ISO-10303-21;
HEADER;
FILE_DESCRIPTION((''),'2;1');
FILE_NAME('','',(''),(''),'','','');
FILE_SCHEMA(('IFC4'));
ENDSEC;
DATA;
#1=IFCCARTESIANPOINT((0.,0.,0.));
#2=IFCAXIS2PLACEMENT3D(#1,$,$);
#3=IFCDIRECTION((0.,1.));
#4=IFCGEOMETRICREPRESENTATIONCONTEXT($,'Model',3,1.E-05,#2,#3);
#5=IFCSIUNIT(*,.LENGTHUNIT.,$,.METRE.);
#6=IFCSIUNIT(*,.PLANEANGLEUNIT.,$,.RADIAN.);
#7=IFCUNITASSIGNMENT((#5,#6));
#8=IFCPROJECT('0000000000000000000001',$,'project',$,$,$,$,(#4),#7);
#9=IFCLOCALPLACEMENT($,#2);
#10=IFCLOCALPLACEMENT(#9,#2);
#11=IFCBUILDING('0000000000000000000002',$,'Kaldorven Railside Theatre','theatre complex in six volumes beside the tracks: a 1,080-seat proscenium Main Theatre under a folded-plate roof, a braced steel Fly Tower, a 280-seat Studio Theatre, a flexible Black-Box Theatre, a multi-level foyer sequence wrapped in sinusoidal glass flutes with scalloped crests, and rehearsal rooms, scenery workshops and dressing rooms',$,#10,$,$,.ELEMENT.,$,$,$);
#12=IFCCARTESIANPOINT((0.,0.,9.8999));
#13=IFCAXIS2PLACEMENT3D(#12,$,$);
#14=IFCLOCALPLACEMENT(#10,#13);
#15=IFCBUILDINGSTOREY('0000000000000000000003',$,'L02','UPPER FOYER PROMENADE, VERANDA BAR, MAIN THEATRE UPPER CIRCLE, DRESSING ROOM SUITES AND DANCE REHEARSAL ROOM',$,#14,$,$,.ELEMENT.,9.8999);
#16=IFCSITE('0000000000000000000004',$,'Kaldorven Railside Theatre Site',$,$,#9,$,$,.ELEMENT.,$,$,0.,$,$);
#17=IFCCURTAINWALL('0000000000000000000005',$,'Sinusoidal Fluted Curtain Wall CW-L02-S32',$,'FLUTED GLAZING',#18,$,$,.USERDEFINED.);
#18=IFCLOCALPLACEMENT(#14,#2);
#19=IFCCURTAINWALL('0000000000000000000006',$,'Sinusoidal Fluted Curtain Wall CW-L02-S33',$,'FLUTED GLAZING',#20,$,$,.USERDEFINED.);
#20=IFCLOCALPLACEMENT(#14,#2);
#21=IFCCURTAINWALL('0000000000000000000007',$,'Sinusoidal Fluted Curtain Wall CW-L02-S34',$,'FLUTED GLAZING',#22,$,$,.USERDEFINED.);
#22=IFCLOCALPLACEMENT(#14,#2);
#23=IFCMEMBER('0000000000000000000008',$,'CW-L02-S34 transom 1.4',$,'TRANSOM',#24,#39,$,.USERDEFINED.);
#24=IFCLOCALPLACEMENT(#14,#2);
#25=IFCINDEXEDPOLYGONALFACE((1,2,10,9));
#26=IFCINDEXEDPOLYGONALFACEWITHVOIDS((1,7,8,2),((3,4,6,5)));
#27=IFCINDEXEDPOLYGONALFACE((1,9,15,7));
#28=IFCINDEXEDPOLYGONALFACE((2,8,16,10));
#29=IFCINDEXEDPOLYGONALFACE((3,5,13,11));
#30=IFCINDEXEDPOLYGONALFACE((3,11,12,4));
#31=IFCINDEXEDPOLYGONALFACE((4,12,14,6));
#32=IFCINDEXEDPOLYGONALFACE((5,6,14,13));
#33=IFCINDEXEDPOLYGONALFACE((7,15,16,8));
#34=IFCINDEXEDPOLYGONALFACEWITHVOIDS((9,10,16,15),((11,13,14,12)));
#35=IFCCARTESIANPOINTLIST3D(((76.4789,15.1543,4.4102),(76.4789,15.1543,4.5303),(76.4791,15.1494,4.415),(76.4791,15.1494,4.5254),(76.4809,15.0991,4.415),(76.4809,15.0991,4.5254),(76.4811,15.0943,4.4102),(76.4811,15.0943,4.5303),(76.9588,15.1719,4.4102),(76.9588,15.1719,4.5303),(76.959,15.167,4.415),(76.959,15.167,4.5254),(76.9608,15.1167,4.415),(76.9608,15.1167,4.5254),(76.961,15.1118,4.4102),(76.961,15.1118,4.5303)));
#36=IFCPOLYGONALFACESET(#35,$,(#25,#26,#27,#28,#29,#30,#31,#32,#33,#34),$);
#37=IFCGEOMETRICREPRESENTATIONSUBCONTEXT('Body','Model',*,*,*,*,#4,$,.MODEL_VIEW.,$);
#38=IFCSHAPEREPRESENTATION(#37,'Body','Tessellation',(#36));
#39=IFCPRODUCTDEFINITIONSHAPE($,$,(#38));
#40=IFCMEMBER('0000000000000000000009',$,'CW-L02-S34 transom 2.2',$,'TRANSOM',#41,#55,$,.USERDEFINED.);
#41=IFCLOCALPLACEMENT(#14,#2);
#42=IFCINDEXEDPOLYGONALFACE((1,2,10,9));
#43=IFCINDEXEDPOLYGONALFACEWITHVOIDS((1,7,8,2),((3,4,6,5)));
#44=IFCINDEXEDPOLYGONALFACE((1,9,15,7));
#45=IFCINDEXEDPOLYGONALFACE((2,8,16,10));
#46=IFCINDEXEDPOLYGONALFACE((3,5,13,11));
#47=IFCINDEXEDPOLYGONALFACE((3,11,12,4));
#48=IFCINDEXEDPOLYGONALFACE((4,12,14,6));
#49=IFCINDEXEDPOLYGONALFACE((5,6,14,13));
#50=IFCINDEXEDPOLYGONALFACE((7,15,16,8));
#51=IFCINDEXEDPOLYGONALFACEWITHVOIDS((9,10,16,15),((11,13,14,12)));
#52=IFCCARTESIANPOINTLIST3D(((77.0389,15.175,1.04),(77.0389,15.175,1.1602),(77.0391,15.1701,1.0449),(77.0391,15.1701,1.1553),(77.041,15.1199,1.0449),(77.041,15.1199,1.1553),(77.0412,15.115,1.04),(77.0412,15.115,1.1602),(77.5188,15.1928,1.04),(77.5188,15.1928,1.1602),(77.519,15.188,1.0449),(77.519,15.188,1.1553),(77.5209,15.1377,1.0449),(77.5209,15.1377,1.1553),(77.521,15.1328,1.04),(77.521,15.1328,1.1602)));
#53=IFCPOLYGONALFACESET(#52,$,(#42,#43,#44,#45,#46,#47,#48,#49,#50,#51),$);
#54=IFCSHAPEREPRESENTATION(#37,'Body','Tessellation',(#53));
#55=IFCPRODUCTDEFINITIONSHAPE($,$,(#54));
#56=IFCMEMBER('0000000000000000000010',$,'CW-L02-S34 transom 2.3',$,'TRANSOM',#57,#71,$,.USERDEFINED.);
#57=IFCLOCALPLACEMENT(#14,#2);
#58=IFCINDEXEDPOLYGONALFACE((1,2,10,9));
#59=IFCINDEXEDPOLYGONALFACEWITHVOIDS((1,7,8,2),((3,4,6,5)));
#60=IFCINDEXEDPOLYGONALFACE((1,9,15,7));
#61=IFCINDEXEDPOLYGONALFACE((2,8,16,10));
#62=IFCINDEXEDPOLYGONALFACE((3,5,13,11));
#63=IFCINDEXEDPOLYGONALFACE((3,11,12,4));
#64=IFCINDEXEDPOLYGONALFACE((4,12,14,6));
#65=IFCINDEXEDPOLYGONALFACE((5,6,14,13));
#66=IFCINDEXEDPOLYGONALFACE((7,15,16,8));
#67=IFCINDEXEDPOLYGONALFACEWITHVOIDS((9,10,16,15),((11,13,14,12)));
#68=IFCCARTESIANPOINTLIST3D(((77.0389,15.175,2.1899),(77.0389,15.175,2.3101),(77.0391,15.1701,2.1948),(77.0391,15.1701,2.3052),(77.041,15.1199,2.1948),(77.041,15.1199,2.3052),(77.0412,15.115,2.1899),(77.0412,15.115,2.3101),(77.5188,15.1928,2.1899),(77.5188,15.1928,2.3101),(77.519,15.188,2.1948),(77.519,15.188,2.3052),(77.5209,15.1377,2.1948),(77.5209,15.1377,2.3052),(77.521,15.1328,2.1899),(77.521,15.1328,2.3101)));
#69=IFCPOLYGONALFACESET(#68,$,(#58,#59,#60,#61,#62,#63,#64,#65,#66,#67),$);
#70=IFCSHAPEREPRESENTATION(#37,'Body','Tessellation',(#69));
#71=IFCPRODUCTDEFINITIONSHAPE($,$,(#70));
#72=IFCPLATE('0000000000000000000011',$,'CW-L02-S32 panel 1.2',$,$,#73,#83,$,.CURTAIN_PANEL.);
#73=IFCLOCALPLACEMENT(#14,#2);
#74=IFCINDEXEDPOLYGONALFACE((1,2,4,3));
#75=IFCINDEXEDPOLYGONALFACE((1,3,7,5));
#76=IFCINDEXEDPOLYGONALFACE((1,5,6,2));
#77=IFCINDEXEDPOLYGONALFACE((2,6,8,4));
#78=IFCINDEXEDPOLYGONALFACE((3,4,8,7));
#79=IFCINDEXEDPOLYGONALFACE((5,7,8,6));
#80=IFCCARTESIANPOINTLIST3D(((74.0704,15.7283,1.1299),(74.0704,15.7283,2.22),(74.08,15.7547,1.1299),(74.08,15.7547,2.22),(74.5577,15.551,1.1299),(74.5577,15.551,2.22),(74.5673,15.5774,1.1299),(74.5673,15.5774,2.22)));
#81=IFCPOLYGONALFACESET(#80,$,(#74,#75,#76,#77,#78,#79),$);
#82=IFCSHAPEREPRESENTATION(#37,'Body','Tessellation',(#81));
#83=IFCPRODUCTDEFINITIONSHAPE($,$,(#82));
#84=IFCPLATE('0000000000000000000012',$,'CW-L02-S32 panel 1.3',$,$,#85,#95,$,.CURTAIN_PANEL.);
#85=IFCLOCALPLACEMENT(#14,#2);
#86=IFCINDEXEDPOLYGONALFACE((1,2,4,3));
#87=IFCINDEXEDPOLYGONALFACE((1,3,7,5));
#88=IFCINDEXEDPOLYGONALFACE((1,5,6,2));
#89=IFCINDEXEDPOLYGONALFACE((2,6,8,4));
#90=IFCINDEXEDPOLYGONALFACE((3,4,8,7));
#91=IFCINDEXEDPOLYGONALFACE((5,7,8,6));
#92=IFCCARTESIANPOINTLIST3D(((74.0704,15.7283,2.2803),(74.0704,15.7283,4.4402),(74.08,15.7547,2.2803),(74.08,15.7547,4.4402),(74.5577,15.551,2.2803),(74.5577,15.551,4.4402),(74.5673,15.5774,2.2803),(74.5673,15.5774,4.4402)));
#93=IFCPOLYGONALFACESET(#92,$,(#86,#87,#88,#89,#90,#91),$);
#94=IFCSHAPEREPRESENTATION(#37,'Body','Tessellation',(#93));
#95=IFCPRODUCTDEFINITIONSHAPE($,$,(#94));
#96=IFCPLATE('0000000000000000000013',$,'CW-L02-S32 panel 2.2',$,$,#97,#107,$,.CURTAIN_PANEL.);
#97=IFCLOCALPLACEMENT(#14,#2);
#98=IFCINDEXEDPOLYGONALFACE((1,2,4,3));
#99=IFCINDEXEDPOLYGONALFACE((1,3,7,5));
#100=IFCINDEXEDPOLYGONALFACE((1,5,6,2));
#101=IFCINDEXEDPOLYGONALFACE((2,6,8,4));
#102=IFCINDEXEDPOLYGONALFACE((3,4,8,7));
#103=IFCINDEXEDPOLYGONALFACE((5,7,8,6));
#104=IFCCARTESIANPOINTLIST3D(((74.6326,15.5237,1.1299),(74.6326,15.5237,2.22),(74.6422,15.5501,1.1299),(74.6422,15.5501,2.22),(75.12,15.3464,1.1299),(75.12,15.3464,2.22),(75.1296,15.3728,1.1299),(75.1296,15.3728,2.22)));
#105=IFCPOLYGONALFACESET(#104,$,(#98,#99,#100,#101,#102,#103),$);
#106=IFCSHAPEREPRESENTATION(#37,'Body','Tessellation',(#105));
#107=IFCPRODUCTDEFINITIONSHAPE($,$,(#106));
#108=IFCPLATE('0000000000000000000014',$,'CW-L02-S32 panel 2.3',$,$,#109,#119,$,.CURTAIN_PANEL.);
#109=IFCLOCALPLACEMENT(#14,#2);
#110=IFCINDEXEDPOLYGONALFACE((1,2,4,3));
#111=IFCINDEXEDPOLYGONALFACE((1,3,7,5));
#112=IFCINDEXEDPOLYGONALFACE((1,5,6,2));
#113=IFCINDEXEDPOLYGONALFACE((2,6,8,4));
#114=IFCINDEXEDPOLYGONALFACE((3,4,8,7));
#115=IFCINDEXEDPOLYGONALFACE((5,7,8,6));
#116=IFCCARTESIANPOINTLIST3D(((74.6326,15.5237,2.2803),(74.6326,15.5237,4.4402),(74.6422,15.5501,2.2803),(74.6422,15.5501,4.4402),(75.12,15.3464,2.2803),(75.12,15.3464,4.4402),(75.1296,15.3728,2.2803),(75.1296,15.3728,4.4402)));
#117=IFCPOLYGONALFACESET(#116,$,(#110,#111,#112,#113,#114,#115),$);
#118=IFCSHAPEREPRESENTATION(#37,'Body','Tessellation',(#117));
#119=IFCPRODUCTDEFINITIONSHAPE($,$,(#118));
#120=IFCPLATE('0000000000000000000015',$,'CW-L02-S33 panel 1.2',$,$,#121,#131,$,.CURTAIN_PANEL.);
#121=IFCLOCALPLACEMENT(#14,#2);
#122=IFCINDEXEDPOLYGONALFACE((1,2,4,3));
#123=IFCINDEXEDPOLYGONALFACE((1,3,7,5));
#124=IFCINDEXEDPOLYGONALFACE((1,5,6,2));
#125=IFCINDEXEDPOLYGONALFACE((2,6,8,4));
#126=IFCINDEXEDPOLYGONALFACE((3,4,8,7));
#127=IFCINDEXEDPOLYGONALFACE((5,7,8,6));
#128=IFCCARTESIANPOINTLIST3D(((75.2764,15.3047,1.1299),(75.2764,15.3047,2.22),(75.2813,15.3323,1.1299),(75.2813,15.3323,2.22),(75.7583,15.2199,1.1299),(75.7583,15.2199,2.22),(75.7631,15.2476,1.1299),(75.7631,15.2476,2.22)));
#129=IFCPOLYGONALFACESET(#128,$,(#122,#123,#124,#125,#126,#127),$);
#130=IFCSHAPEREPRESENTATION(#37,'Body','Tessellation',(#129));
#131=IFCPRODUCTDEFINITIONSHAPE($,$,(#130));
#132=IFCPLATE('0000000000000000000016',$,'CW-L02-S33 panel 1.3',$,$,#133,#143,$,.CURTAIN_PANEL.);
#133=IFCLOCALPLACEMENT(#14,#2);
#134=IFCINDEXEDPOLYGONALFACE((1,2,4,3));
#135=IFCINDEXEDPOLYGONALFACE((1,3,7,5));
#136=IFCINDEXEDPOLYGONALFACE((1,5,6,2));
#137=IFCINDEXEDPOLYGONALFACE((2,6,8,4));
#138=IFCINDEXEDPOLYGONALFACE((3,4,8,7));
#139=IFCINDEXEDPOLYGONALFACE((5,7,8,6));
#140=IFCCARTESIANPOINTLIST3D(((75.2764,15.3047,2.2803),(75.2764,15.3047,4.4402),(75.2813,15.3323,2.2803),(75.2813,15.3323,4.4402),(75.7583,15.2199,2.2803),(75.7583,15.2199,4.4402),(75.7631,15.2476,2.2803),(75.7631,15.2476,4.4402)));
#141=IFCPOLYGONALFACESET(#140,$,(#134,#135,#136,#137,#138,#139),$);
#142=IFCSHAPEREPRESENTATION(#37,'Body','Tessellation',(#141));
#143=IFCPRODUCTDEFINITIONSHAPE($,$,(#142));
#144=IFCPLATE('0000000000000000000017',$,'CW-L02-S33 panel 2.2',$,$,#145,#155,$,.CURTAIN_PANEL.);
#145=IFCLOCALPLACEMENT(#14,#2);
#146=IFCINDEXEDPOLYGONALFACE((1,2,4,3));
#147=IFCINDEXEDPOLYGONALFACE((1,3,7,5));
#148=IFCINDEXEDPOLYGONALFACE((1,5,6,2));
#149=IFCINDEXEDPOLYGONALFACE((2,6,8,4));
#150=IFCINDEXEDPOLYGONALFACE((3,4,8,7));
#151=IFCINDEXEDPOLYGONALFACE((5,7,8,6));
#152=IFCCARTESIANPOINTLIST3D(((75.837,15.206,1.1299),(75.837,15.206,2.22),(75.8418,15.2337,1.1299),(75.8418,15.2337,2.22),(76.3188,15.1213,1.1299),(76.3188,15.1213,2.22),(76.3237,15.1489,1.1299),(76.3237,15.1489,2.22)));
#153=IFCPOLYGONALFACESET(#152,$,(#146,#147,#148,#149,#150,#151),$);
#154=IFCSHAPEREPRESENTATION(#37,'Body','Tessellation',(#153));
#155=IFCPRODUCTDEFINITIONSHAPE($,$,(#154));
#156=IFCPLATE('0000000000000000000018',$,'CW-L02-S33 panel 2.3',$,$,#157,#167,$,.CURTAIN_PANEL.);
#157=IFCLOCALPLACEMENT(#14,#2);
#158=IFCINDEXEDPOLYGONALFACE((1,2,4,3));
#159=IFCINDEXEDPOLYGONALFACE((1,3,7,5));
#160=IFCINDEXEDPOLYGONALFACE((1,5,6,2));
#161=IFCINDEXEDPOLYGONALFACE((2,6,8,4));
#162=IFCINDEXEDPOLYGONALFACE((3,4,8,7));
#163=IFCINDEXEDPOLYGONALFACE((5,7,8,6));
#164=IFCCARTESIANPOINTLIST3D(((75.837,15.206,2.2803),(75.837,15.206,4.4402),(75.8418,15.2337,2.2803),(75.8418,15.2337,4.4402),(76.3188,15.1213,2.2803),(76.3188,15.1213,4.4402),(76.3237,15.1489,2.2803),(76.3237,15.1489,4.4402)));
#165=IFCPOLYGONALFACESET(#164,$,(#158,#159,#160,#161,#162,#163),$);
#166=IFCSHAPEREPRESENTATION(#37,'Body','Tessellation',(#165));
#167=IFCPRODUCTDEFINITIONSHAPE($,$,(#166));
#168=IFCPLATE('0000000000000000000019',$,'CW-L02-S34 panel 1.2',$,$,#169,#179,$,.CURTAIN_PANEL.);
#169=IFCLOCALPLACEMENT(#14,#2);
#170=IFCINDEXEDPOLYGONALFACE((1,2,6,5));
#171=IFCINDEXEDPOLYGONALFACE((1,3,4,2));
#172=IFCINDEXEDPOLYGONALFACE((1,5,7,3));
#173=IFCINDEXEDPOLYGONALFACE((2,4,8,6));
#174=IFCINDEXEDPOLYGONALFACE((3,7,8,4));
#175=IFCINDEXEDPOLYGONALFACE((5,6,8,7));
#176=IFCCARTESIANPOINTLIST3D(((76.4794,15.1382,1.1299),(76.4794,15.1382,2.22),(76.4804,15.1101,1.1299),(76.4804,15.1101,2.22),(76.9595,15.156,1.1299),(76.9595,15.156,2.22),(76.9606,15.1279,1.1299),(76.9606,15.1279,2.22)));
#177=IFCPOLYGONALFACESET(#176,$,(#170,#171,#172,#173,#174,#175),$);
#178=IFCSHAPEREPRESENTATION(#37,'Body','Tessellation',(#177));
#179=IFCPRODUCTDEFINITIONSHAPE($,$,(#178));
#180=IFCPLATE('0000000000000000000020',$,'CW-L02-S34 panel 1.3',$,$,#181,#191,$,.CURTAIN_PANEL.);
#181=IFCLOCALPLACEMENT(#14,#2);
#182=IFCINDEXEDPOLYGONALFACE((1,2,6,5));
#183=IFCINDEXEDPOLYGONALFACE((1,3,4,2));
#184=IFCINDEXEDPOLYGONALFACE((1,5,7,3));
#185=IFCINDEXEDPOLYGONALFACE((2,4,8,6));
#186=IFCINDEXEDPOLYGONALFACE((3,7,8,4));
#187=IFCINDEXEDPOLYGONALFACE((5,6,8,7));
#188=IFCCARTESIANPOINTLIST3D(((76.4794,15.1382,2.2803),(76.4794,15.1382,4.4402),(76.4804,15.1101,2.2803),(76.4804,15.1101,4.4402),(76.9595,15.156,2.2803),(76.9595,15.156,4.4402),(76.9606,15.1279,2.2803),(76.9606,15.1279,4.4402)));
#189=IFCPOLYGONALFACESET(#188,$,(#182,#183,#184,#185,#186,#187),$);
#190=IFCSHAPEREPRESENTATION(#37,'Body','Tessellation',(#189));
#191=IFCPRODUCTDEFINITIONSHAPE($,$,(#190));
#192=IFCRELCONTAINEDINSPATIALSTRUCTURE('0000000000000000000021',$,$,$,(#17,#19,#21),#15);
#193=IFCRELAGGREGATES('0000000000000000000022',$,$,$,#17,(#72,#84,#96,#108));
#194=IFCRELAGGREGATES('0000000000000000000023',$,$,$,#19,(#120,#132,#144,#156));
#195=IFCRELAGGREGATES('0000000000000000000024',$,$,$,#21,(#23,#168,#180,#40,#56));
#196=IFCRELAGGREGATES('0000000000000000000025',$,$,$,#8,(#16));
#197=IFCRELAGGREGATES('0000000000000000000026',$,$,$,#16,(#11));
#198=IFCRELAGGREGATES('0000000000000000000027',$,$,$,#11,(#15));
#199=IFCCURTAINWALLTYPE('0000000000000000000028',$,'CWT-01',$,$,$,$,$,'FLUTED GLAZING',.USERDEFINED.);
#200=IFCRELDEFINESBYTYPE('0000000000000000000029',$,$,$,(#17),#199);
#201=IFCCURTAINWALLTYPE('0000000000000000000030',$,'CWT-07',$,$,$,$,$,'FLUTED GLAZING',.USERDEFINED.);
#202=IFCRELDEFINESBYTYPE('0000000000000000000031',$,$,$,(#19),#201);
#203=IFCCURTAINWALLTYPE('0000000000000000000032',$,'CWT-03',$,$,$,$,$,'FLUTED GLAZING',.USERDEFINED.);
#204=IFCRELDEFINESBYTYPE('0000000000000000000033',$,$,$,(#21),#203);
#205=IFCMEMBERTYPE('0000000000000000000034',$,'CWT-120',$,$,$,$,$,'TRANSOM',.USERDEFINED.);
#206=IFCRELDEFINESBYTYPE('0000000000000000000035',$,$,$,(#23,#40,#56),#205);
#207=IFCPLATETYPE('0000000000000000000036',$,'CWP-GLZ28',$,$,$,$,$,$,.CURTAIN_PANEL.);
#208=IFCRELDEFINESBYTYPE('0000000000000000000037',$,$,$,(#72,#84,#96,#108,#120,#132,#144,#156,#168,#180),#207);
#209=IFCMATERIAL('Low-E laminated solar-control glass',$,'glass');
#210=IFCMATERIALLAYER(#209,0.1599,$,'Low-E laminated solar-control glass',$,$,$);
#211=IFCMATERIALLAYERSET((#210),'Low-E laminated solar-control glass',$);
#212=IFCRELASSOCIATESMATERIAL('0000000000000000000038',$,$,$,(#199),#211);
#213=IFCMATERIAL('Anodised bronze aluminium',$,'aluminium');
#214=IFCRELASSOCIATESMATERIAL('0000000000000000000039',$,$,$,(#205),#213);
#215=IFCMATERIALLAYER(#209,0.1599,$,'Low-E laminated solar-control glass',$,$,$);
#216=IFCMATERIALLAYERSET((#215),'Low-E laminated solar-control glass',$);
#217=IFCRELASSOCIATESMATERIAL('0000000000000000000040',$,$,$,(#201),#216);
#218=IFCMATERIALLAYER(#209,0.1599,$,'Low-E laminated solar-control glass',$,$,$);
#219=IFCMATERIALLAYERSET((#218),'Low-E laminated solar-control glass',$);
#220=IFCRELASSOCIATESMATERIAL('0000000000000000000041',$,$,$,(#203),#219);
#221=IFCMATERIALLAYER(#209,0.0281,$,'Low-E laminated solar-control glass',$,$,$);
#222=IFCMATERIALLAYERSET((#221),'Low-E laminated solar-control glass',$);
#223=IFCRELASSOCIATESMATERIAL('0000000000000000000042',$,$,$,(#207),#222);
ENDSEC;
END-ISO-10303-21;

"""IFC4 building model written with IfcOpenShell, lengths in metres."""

from ifc_helpers import new_model, si_unit, direction, frame, origin, origin_2d, place, context, subcontext, project, spatial, rectangle, hollow_rectangle, extrude, material, layer, layer_set, material_profile, profile_set, type_object, element, aggregate, save


model = new_model("IFC4")

# Units and contexts
model_context = context("Model", 3, precision=1e-05, world=origin(), true_north=direction((0.0, 1.0)))
body_context = subcontext(model_context, "Body", "Model", "MODEL_VIEW")
ifc_project = project(units=[si_unit("LENGTHUNIT", "METRE"), si_unit("PLANEANGLEUNIT", "RADIAN")], contexts=[model_context])

# Site, building, storey
site_placement = place(None, origin())
site = spatial("IfcSite", under=ifc_project, at=site_placement, Name="Kaldorven Railside Theatre Site", CompositionType="ELEMENT", RefElevation=0.0)
building_placement = place(site_placement, origin())
building = spatial("IfcBuilding", under=site, at=building_placement, Name="Kaldorven Railside Theatre", Description="theatre complex in six volumes beside the tracks: a 1,080-seat proscenium Main Theatre under a folded-plate roof, a braced steel Fly Tower, a 280-seat Studio Theatre, a flexible Black-Box Theatre, a multi-level foyer sequence wrapped in sinusoidal glass flutes with scalloped crests, and rehearsal rooms, scenery workshops and dressing rooms", CompositionType="ELEMENT")
storey_placement = place(building_placement, frame((0.0, 0.0, 9.8999)))
storey = spatial("IfcBuildingStorey", under=building, at=storey_placement, Name="L02", Description="UPPER FOYER PROMENADE, VERANDA BAR, MAIN THEATRE UPPER CIRCLE, DRESSING ROOM SUITES AND DANCE REHEARSAL ROOM", CompositionType="ELEMENT", Elevation=9.8999)

# Curtain walls, members
ifc_material_1 = material(Name="Low-E laminated solar-control glass", Category="glass")
ifc_layer_1 = layer(ifc_material_1, 0.1599, Name="Low-E laminated solar-control glass")
ifc_layer_set_1 = layer_set([ifc_layer_1], Name="Low-E laminated solar-control glass")
curtain_wall_type_1 = type_object("IfcCurtainWallType", Name="CWT-01", ElementType="FLUTED GLAZING", PredefinedType="USERDEFINED", material=ifc_layer_set_1)
curtain_wall_1_placement = place(storey_placement, origin())
curtain_wall_1 = element("IfcCurtainWall", 1, at=curtain_wall_1_placement, inside=storey, type_object=curtain_wall_type_1, Name="Sinusoidal Fluted Curtain Wall CW-L02-S32", ObjectType="FLUTED GLAZING", PredefinedType="USERDEFINED")
ifc_material_2 = material(Name="Anodised bronze aluminium", Category="aluminium")
ifc_material_profile = material_profile(ifc_material_2, hollow_rectangle(XDim=0.0601, YDim=0.1201, WallThickness=0.0049, at=origin_2d()), Name="RHS 120x60x5")
ifc_profile_set = profile_set([ifc_material_profile], Name="Anodised bronze aluminium")
member_type = type_object("IfcMemberType", Name="CWT-120", ElementType="TRANSOM", PredefinedType="USERDEFINED", material=ifc_profile_set)
ifc_layer_2 = layer(ifc_material_1, 0.1599, Name="Low-E laminated solar-control glass")
ifc_layer_set_2 = layer_set([ifc_layer_2], Name="Low-E laminated solar-control glass")
curtain_wall_type_2 = type_object("IfcCurtainWallType", Name="CWT-07", ElementType="FLUTED GLAZING", PredefinedType="USERDEFINED", material=ifc_layer_set_2)
curtain_wall_2_placement = place(storey_placement, origin())
curtain_wall_2 = element("IfcCurtainWall", 2, at=curtain_wall_2_placement, inside=storey, type_object=curtain_wall_type_2, Name="Sinusoidal Fluted Curtain Wall CW-L02-S33", ObjectType="FLUTED GLAZING", PredefinedType="USERDEFINED")
ifc_layer_3 = layer(ifc_material_1, 0.1599, Name="Low-E laminated solar-control glass")
ifc_layer_set_3 = layer_set([ifc_layer_3], Name="Low-E laminated solar-control glass")
curtain_wall_type_3 = type_object("IfcCurtainWallType", Name="CWT-03", ElementType="FLUTED GLAZING", PredefinedType="USERDEFINED", material=ifc_layer_set_3)
curtain_wall_3_placement = place(storey_placement, origin())
curtain_wall_3 = element("IfcCurtainWall", 3, at=curtain_wall_3_placement, inside=storey, type_object=curtain_wall_type_3, Name="Sinusoidal Fluted Curtain Wall CW-L02-S34", ObjectType="FLUTED GLAZING", PredefinedType="USERDEFINED")
member_1_placement = place(storey_placement, frame((76.48, 15.1243, 4.4702), z_axis=(0.99933, 0.036598, 0.0), x_axis=(-0.036598, 0.99933, 0.0)))
member_1 = element("IfcMember", 4, at=member_1_placement, type_object=member_type, Name="CW-L02-S34 transom 1.4", ObjectType="TRANSOM", PredefinedType="USERDEFINED", context=body_context, shape_type="SweptSolid", body=[
    extrude(hollow_rectangle(XDim=0.0601, YDim=0.1201, WallThickness=0.0049, at=origin_2d()), origin(), (0.0, 0.0, 1.0), 0.4802),
])
member_2_placement = place(storey_placement, frame((77.04, 15.145, 1.1001), z_axis=(0.999311, 0.037106, 0.0), x_axis=(-0.037106, 0.999311, 0.0)))
member_2 = element("IfcMember", 5, at=member_2_placement, type_object=member_type, Name="CW-L02-S34 transom 2.2", ObjectType="TRANSOM", PredefinedType="USERDEFINED", context=body_context, shape_type="SweptSolid", body=[
    extrude(hollow_rectangle(XDim=0.0601, YDim=0.1201, WallThickness=0.0049, at=origin_2d()), origin(), (0.0, 0.0, 1.0), 0.4802),
])
member_3_placement = place(storey_placement, frame((77.04, 15.145, 2.25), z_axis=(0.999311, 0.037106, 0.0), x_axis=(-0.037106, 0.999311, 0.0)))
member_3 = element("IfcMember", 6, at=member_3_placement, type_object=member_type, Name="CW-L02-S34 transom 2.3", ObjectType="TRANSOM", PredefinedType="USERDEFINED", context=body_context, shape_type="SweptSolid", body=[
    extrude(hollow_rectangle(XDim=0.0601, YDim=0.1201, WallThickness=0.0049, at=origin_2d()), origin(), (0.0, 0.0, 1.0), 0.4802),
])

# Plates
ifc_layer_4 = layer(ifc_material_1, 0.0281, Name="Low-E laminated solar-control glass")
ifc_layer_set_4 = layer_set([ifc_layer_4], Name="Low-E laminated solar-control glass")
plate_type = type_object("IfcPlateType", Name="CWP-GLZ28", PredefinedType="CURTAIN_PANEL", material=ifc_layer_set_4)
plate_1_placement = place(storey_placement, frame((74.3188, 15.6528, 1.1299), z_axis=(0.0, 0.0, 1.0), x_axis=(0.939759, -0.341837, 0.0)))
plate_1 = element("IfcPlate", 7, at=plate_1_placement, type_object=plate_type, Name="CW-L02-S32 panel 1.2", PredefinedType="CURTAIN_PANEL", context=body_context, shape_type="SweptSolid", body=[
    extrude(rectangle(XDim=0.5186, YDim=0.0281, at=origin_2d()), origin(), (0.0, 0.0, 1.0), 1.0901),
])
plate_2_placement = place(storey_placement, frame((74.3188, 15.6528, 2.2803), z_axis=(0.0, 0.0, 1.0), x_axis=(0.939759, -0.341837, 0.0)))
plate_2 = element("IfcPlate", 8, at=plate_2_placement, type_object=plate_type, Name="CW-L02-S32 panel 1.3", PredefinedType="CURTAIN_PANEL", context=body_context, shape_type="SweptSolid", body=[
    extrude(rectangle(XDim=0.5186, YDim=0.0281, at=origin_2d()), origin(), (0.0, 0.0, 1.0), 2.1599),
])
plate_3_placement = place(storey_placement, frame((74.8811, 15.4482, 1.1299), z_axis=(0.0, 0.0, 1.0), x_axis=(0.939759, -0.341837, 0.0)))
plate_3 = element("IfcPlate", 9, at=plate_3_placement, type_object=plate_type, Name="CW-L02-S32 panel 2.2", PredefinedType="CURTAIN_PANEL", context=body_context, shape_type="SweptSolid", body=[
    extrude(rectangle(XDim=0.5186, YDim=0.0281, at=origin_2d()), origin(), (0.0, 0.0, 1.0), 1.0901),
])
plate_4_placement = place(storey_placement, frame((74.8811, 15.4482, 2.2803), z_axis=(0.0, 0.0, 1.0), x_axis=(0.939759, -0.341837, 0.0)))
plate_4 = element("IfcPlate", 10, at=plate_4_placement, type_object=plate_type, Name="CW-L02-S32 panel 2.3", PredefinedType="CURTAIN_PANEL", context=body_context, shape_type="SweptSolid", body=[
    extrude(rectangle(XDim=0.5186, YDim=0.0281, at=origin_2d()), origin(), (0.0, 0.0, 1.0), 2.1599),
])
aggregate(curtain_wall_1, [plate_1, plate_2, plate_3, plate_4])
plate_5_placement = place(storey_placement, frame((75.5198, 15.2761, 1.1299), z_axis=(0.0, 0.0, 1.0), x_axis=(0.984877, -0.173256, 0.0)))
plate_5 = element("IfcPlate", 11, at=plate_5_placement, type_object=plate_type, Name="CW-L02-S33 panel 1.2", PredefinedType="CURTAIN_PANEL", context=body_context, shape_type="SweptSolid", body=[
    extrude(rectangle(XDim=0.4893, YDim=0.0281, at=origin_2d()), origin(), (0.0, 0.0, 1.0), 1.0901),
])
plate_6_placement = place(storey_placement, frame((75.5198, 15.2761, 2.2803), z_axis=(0.0, 0.0, 1.0), x_axis=(0.984877, -0.173256, 0.0)))
plate_6 = element("IfcPlate", 12, at=plate_6_placement, type_object=plate_type, Name="CW-L02-S33 panel 1.3", PredefinedType="CURTAIN_PANEL", context=body_context, shape_type="SweptSolid", body=[
    extrude(rectangle(XDim=0.4893, YDim=0.0281, at=origin_2d()), origin(), (0.0, 0.0, 1.0), 2.1599),
])
plate_7_placement = place(storey_placement, frame((76.0803, 15.1775, 1.1299), z_axis=(0.0, 0.0, 1.0), x_axis=(0.984877, -0.173256, 0.0)))
plate_7 = element("IfcPlate", 13, at=plate_7_placement, type_object=plate_type, Name="CW-L02-S33 panel 2.2", PredefinedType="CURTAIN_PANEL", context=body_context, shape_type="SweptSolid", body=[
    extrude(rectangle(XDim=0.4893, YDim=0.0281, at=origin_2d()), origin(), (0.0, 0.0, 1.0), 1.0901),
])
plate_8_placement = place(storey_placement, frame((76.0803, 15.1775, 2.2803), z_axis=(0.0, 0.0, 1.0), x_axis=(0.984877, -0.173256, 0.0)))
plate_8 = element("IfcPlate", 14, at=plate_8_placement, type_object=plate_type, Name="CW-L02-S33 panel 2.3", PredefinedType="CURTAIN_PANEL", context=body_context, shape_type="SweptSolid", body=[
    extrude(rectangle(XDim=0.4893, YDim=0.0281, at=origin_2d()), origin(), (0.0, 0.0, 1.0), 2.1599),
])
aggregate(curtain_wall_2, [plate_5, plate_6, plate_7, plate_8])
plate_9_placement = place(storey_placement, frame((76.72, 15.1331, 1.1299), z_axis=(0.0, 0.0, 1.0), x_axis=(0.999313, 0.037058, 0.0)))
plate_9 = element("IfcPlate", 15, at=plate_9_placement, type_object=plate_type, Name="CW-L02-S34 panel 1.2", PredefinedType="CURTAIN_PANEL", context=body_context, shape_type="SweptSolid", body=[
    extrude(rectangle(XDim=0.4805, YDim=0.0281, at=origin_2d()), origin(), (0.0, 0.0, 1.0), 1.0901),
])
plate_10_placement = place(storey_placement, frame((76.72, 15.1331, 2.2803), z_axis=(0.0, 0.0, 1.0), x_axis=(0.999313, 0.037058, 0.0)))
plate_10 = element("IfcPlate", 16, at=plate_10_placement, type_object=plate_type, Name="CW-L02-S34 panel 1.3", PredefinedType="CURTAIN_PANEL", context=body_context, shape_type="SweptSolid", body=[
    extrude(rectangle(XDim=0.4805, YDim=0.0281, at=origin_2d()), origin(), (0.0, 0.0, 1.0), 2.1599),
])
aggregate(curtain_wall_3, [member_1, plate_9, plate_10, member_2, member_3])

save(model, "model.ifc")
